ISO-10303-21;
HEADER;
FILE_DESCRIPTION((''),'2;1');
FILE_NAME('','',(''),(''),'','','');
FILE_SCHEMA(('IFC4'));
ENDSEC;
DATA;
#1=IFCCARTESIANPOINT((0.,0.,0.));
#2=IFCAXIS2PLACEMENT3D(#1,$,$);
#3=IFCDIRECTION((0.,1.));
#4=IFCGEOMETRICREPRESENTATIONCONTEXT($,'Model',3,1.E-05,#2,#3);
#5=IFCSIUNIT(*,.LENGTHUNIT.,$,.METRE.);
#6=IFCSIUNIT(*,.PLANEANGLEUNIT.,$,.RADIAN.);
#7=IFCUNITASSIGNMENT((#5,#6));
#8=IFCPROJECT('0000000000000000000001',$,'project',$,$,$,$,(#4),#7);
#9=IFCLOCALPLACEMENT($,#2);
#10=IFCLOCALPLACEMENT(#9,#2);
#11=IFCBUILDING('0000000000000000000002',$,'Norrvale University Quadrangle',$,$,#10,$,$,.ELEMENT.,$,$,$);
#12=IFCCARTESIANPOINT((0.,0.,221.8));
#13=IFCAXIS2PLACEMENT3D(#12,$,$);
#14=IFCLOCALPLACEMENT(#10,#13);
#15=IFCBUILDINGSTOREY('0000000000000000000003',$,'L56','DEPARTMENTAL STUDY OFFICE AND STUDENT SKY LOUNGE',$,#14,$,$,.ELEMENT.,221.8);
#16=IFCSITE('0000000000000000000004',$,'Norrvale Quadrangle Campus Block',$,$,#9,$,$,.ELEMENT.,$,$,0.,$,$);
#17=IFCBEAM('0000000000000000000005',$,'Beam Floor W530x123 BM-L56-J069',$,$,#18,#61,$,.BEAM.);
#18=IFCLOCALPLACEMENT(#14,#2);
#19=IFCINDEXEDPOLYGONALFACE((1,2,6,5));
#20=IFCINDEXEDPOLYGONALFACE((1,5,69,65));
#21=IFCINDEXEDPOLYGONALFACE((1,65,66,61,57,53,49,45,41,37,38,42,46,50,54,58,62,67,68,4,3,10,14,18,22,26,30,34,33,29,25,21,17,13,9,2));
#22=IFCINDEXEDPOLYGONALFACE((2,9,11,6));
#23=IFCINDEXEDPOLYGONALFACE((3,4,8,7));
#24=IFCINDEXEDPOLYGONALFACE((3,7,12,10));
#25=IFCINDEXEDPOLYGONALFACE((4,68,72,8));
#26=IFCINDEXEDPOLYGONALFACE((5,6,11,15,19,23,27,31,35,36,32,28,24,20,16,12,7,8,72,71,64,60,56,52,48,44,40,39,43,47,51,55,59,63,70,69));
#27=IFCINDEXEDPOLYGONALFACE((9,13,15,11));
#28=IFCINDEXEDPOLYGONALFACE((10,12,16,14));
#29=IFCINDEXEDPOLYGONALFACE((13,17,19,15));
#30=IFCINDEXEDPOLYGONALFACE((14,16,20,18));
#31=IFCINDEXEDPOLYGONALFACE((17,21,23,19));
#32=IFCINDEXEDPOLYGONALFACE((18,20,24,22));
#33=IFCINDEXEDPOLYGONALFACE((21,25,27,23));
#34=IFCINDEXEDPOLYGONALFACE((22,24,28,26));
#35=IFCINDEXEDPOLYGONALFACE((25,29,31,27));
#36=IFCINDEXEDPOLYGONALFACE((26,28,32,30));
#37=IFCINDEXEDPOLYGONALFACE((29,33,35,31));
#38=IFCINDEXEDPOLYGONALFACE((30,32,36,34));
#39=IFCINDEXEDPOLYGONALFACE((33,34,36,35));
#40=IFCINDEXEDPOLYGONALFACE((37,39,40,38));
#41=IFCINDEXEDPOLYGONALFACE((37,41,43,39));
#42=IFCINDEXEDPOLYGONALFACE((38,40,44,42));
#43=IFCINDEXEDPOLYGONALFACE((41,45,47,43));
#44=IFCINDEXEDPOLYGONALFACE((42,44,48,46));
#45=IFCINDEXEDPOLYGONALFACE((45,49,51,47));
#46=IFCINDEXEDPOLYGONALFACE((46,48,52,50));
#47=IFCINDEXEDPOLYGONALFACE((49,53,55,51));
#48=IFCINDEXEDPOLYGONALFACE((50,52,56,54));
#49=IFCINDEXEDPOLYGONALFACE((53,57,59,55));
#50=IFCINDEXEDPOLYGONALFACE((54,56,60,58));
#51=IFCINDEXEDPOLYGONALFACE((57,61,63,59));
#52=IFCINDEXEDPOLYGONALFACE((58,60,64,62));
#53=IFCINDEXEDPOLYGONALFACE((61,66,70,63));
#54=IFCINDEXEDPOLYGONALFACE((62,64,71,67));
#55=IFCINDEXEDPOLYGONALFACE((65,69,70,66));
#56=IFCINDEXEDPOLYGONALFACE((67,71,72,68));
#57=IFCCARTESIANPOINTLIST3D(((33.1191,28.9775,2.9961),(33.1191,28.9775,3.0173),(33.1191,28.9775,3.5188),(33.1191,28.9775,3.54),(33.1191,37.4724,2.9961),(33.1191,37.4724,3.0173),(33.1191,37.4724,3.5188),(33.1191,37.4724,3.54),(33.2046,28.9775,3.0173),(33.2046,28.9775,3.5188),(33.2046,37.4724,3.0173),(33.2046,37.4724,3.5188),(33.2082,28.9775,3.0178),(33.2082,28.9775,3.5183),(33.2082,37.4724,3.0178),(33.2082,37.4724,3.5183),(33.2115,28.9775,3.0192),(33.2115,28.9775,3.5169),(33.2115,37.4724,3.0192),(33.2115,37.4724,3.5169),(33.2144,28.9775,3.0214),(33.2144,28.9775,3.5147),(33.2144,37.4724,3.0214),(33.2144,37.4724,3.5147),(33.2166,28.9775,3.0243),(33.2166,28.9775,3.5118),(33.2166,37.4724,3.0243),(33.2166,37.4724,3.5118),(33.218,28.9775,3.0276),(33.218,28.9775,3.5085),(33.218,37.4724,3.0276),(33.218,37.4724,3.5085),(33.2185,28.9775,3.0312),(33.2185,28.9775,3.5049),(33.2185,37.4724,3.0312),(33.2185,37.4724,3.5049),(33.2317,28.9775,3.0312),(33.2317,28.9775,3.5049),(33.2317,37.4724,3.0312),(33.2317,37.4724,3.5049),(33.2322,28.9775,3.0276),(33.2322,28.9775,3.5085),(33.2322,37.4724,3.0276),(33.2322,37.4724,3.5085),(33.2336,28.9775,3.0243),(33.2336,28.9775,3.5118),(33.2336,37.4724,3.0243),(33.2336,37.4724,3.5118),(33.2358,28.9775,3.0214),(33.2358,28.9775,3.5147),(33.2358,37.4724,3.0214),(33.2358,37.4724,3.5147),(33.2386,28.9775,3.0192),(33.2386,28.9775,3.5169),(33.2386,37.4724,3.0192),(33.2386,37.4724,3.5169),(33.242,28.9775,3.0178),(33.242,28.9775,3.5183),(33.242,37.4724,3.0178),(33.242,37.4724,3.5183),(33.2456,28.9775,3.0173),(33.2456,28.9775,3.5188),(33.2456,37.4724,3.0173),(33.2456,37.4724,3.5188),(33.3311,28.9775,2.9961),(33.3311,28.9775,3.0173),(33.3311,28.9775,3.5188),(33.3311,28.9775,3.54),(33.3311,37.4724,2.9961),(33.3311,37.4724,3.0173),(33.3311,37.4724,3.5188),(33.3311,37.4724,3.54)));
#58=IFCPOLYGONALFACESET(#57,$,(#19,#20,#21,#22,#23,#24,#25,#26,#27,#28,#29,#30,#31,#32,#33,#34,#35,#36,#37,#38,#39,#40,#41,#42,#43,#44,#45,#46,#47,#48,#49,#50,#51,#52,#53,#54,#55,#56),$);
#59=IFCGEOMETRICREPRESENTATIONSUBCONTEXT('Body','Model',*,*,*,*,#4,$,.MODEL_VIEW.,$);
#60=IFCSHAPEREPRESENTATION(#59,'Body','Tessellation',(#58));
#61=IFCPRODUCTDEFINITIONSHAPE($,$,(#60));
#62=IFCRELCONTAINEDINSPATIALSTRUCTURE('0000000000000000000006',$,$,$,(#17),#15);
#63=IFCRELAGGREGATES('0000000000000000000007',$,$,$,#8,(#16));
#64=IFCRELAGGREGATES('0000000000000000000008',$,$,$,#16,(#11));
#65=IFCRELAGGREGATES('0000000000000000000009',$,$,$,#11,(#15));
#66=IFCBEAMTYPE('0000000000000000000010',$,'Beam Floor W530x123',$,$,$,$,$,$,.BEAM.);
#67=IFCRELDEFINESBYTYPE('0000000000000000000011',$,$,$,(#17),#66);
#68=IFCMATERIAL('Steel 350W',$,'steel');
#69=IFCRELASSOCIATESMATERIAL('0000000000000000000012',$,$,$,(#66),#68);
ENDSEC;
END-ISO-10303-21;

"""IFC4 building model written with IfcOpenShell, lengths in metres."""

from ifc_helpers import new_model, si_unit, direction, frame, origin, origin_2d, place, context, subcontext, project, spatial, i_section, extrude, material, material_profile, profile_set, type_object, element, save


model = new_model("IFC4")

# Units and contexts
model_context = context("Model", 3, precision=1e-05, world=origin(), true_north=direction((0.0, 1.0)))
body_context = subcontext(model_context, "Body", "Model", "MODEL_VIEW")
ifc_project = project(units=[si_unit("LENGTHUNIT", "METRE"), si_unit("PLANEANGLEUNIT", "RADIAN")], contexts=[model_context])

# Site, building, storey
site_placement = place(None, origin())
site = spatial("IfcSite", under=ifc_project, at=site_placement, Name="Norrvale Quadrangle Campus Block", CompositionType="ELEMENT", RefElevation=0.0)
building_placement = place(site_placement, origin())
building = spatial("IfcBuilding", under=site, at=building_placement, Name="Norrvale University Quadrangle", CompositionType="ELEMENT")
storey_placement = place(building_placement, frame((0.0, 0.0, 221.8)))
storey = spatial("IfcBuildingStorey", under=building, at=storey_placement, Name="L56", Description="DEPARTMENTAL STUDY OFFICE AND STUDENT SKY LOUNGE", CompositionType="ELEMENT", Elevation=221.8)

# Beam
ifc_material_1 = material(Name="Steel 350W", Category="steel")
ifc_material_profile_1 = material_profile(ifc_material_1, i_section(OverallWidth=0.2119, OverallDepth=0.5439, WebThickness=0.0132, FlangeThickness=0.0212, FilletRadius=0.0139, at=origin_2d()), Name="Steel 350W")
ifc_profile_set_1 = profile_set([ifc_material_profile_1], Name="Steel 350W")
beam_type = type_object("IfcBeamType", Name="Beam Floor W530x123", PredefinedType="BEAM", material=ifc_profile_set_1)
beam_placement = place(storey_placement, frame((33.2251, 28.9775, 3.2681), z_axis=(0.0, 1.0, 0.0), x_axis=(-1.0, 0.0, 0.0)))
element("IfcBeam", 1, at=beam_placement, inside=storey, type_object=beam_type, Name="Beam Floor W530x123 BM-L56-J069", PredefinedType="BEAM", context=body_context, shape_type="SweptSolid", body=[
    extrude(i_section(OverallWidth=0.2119, OverallDepth=0.5439, WebThickness=0.0132, FlangeThickness=0.0212, FilletRadius=0.0139, at=origin_2d()), origin(), (0.0, 0.0, 1.0), 8.4949),
])

save(model, "model.ifc")
